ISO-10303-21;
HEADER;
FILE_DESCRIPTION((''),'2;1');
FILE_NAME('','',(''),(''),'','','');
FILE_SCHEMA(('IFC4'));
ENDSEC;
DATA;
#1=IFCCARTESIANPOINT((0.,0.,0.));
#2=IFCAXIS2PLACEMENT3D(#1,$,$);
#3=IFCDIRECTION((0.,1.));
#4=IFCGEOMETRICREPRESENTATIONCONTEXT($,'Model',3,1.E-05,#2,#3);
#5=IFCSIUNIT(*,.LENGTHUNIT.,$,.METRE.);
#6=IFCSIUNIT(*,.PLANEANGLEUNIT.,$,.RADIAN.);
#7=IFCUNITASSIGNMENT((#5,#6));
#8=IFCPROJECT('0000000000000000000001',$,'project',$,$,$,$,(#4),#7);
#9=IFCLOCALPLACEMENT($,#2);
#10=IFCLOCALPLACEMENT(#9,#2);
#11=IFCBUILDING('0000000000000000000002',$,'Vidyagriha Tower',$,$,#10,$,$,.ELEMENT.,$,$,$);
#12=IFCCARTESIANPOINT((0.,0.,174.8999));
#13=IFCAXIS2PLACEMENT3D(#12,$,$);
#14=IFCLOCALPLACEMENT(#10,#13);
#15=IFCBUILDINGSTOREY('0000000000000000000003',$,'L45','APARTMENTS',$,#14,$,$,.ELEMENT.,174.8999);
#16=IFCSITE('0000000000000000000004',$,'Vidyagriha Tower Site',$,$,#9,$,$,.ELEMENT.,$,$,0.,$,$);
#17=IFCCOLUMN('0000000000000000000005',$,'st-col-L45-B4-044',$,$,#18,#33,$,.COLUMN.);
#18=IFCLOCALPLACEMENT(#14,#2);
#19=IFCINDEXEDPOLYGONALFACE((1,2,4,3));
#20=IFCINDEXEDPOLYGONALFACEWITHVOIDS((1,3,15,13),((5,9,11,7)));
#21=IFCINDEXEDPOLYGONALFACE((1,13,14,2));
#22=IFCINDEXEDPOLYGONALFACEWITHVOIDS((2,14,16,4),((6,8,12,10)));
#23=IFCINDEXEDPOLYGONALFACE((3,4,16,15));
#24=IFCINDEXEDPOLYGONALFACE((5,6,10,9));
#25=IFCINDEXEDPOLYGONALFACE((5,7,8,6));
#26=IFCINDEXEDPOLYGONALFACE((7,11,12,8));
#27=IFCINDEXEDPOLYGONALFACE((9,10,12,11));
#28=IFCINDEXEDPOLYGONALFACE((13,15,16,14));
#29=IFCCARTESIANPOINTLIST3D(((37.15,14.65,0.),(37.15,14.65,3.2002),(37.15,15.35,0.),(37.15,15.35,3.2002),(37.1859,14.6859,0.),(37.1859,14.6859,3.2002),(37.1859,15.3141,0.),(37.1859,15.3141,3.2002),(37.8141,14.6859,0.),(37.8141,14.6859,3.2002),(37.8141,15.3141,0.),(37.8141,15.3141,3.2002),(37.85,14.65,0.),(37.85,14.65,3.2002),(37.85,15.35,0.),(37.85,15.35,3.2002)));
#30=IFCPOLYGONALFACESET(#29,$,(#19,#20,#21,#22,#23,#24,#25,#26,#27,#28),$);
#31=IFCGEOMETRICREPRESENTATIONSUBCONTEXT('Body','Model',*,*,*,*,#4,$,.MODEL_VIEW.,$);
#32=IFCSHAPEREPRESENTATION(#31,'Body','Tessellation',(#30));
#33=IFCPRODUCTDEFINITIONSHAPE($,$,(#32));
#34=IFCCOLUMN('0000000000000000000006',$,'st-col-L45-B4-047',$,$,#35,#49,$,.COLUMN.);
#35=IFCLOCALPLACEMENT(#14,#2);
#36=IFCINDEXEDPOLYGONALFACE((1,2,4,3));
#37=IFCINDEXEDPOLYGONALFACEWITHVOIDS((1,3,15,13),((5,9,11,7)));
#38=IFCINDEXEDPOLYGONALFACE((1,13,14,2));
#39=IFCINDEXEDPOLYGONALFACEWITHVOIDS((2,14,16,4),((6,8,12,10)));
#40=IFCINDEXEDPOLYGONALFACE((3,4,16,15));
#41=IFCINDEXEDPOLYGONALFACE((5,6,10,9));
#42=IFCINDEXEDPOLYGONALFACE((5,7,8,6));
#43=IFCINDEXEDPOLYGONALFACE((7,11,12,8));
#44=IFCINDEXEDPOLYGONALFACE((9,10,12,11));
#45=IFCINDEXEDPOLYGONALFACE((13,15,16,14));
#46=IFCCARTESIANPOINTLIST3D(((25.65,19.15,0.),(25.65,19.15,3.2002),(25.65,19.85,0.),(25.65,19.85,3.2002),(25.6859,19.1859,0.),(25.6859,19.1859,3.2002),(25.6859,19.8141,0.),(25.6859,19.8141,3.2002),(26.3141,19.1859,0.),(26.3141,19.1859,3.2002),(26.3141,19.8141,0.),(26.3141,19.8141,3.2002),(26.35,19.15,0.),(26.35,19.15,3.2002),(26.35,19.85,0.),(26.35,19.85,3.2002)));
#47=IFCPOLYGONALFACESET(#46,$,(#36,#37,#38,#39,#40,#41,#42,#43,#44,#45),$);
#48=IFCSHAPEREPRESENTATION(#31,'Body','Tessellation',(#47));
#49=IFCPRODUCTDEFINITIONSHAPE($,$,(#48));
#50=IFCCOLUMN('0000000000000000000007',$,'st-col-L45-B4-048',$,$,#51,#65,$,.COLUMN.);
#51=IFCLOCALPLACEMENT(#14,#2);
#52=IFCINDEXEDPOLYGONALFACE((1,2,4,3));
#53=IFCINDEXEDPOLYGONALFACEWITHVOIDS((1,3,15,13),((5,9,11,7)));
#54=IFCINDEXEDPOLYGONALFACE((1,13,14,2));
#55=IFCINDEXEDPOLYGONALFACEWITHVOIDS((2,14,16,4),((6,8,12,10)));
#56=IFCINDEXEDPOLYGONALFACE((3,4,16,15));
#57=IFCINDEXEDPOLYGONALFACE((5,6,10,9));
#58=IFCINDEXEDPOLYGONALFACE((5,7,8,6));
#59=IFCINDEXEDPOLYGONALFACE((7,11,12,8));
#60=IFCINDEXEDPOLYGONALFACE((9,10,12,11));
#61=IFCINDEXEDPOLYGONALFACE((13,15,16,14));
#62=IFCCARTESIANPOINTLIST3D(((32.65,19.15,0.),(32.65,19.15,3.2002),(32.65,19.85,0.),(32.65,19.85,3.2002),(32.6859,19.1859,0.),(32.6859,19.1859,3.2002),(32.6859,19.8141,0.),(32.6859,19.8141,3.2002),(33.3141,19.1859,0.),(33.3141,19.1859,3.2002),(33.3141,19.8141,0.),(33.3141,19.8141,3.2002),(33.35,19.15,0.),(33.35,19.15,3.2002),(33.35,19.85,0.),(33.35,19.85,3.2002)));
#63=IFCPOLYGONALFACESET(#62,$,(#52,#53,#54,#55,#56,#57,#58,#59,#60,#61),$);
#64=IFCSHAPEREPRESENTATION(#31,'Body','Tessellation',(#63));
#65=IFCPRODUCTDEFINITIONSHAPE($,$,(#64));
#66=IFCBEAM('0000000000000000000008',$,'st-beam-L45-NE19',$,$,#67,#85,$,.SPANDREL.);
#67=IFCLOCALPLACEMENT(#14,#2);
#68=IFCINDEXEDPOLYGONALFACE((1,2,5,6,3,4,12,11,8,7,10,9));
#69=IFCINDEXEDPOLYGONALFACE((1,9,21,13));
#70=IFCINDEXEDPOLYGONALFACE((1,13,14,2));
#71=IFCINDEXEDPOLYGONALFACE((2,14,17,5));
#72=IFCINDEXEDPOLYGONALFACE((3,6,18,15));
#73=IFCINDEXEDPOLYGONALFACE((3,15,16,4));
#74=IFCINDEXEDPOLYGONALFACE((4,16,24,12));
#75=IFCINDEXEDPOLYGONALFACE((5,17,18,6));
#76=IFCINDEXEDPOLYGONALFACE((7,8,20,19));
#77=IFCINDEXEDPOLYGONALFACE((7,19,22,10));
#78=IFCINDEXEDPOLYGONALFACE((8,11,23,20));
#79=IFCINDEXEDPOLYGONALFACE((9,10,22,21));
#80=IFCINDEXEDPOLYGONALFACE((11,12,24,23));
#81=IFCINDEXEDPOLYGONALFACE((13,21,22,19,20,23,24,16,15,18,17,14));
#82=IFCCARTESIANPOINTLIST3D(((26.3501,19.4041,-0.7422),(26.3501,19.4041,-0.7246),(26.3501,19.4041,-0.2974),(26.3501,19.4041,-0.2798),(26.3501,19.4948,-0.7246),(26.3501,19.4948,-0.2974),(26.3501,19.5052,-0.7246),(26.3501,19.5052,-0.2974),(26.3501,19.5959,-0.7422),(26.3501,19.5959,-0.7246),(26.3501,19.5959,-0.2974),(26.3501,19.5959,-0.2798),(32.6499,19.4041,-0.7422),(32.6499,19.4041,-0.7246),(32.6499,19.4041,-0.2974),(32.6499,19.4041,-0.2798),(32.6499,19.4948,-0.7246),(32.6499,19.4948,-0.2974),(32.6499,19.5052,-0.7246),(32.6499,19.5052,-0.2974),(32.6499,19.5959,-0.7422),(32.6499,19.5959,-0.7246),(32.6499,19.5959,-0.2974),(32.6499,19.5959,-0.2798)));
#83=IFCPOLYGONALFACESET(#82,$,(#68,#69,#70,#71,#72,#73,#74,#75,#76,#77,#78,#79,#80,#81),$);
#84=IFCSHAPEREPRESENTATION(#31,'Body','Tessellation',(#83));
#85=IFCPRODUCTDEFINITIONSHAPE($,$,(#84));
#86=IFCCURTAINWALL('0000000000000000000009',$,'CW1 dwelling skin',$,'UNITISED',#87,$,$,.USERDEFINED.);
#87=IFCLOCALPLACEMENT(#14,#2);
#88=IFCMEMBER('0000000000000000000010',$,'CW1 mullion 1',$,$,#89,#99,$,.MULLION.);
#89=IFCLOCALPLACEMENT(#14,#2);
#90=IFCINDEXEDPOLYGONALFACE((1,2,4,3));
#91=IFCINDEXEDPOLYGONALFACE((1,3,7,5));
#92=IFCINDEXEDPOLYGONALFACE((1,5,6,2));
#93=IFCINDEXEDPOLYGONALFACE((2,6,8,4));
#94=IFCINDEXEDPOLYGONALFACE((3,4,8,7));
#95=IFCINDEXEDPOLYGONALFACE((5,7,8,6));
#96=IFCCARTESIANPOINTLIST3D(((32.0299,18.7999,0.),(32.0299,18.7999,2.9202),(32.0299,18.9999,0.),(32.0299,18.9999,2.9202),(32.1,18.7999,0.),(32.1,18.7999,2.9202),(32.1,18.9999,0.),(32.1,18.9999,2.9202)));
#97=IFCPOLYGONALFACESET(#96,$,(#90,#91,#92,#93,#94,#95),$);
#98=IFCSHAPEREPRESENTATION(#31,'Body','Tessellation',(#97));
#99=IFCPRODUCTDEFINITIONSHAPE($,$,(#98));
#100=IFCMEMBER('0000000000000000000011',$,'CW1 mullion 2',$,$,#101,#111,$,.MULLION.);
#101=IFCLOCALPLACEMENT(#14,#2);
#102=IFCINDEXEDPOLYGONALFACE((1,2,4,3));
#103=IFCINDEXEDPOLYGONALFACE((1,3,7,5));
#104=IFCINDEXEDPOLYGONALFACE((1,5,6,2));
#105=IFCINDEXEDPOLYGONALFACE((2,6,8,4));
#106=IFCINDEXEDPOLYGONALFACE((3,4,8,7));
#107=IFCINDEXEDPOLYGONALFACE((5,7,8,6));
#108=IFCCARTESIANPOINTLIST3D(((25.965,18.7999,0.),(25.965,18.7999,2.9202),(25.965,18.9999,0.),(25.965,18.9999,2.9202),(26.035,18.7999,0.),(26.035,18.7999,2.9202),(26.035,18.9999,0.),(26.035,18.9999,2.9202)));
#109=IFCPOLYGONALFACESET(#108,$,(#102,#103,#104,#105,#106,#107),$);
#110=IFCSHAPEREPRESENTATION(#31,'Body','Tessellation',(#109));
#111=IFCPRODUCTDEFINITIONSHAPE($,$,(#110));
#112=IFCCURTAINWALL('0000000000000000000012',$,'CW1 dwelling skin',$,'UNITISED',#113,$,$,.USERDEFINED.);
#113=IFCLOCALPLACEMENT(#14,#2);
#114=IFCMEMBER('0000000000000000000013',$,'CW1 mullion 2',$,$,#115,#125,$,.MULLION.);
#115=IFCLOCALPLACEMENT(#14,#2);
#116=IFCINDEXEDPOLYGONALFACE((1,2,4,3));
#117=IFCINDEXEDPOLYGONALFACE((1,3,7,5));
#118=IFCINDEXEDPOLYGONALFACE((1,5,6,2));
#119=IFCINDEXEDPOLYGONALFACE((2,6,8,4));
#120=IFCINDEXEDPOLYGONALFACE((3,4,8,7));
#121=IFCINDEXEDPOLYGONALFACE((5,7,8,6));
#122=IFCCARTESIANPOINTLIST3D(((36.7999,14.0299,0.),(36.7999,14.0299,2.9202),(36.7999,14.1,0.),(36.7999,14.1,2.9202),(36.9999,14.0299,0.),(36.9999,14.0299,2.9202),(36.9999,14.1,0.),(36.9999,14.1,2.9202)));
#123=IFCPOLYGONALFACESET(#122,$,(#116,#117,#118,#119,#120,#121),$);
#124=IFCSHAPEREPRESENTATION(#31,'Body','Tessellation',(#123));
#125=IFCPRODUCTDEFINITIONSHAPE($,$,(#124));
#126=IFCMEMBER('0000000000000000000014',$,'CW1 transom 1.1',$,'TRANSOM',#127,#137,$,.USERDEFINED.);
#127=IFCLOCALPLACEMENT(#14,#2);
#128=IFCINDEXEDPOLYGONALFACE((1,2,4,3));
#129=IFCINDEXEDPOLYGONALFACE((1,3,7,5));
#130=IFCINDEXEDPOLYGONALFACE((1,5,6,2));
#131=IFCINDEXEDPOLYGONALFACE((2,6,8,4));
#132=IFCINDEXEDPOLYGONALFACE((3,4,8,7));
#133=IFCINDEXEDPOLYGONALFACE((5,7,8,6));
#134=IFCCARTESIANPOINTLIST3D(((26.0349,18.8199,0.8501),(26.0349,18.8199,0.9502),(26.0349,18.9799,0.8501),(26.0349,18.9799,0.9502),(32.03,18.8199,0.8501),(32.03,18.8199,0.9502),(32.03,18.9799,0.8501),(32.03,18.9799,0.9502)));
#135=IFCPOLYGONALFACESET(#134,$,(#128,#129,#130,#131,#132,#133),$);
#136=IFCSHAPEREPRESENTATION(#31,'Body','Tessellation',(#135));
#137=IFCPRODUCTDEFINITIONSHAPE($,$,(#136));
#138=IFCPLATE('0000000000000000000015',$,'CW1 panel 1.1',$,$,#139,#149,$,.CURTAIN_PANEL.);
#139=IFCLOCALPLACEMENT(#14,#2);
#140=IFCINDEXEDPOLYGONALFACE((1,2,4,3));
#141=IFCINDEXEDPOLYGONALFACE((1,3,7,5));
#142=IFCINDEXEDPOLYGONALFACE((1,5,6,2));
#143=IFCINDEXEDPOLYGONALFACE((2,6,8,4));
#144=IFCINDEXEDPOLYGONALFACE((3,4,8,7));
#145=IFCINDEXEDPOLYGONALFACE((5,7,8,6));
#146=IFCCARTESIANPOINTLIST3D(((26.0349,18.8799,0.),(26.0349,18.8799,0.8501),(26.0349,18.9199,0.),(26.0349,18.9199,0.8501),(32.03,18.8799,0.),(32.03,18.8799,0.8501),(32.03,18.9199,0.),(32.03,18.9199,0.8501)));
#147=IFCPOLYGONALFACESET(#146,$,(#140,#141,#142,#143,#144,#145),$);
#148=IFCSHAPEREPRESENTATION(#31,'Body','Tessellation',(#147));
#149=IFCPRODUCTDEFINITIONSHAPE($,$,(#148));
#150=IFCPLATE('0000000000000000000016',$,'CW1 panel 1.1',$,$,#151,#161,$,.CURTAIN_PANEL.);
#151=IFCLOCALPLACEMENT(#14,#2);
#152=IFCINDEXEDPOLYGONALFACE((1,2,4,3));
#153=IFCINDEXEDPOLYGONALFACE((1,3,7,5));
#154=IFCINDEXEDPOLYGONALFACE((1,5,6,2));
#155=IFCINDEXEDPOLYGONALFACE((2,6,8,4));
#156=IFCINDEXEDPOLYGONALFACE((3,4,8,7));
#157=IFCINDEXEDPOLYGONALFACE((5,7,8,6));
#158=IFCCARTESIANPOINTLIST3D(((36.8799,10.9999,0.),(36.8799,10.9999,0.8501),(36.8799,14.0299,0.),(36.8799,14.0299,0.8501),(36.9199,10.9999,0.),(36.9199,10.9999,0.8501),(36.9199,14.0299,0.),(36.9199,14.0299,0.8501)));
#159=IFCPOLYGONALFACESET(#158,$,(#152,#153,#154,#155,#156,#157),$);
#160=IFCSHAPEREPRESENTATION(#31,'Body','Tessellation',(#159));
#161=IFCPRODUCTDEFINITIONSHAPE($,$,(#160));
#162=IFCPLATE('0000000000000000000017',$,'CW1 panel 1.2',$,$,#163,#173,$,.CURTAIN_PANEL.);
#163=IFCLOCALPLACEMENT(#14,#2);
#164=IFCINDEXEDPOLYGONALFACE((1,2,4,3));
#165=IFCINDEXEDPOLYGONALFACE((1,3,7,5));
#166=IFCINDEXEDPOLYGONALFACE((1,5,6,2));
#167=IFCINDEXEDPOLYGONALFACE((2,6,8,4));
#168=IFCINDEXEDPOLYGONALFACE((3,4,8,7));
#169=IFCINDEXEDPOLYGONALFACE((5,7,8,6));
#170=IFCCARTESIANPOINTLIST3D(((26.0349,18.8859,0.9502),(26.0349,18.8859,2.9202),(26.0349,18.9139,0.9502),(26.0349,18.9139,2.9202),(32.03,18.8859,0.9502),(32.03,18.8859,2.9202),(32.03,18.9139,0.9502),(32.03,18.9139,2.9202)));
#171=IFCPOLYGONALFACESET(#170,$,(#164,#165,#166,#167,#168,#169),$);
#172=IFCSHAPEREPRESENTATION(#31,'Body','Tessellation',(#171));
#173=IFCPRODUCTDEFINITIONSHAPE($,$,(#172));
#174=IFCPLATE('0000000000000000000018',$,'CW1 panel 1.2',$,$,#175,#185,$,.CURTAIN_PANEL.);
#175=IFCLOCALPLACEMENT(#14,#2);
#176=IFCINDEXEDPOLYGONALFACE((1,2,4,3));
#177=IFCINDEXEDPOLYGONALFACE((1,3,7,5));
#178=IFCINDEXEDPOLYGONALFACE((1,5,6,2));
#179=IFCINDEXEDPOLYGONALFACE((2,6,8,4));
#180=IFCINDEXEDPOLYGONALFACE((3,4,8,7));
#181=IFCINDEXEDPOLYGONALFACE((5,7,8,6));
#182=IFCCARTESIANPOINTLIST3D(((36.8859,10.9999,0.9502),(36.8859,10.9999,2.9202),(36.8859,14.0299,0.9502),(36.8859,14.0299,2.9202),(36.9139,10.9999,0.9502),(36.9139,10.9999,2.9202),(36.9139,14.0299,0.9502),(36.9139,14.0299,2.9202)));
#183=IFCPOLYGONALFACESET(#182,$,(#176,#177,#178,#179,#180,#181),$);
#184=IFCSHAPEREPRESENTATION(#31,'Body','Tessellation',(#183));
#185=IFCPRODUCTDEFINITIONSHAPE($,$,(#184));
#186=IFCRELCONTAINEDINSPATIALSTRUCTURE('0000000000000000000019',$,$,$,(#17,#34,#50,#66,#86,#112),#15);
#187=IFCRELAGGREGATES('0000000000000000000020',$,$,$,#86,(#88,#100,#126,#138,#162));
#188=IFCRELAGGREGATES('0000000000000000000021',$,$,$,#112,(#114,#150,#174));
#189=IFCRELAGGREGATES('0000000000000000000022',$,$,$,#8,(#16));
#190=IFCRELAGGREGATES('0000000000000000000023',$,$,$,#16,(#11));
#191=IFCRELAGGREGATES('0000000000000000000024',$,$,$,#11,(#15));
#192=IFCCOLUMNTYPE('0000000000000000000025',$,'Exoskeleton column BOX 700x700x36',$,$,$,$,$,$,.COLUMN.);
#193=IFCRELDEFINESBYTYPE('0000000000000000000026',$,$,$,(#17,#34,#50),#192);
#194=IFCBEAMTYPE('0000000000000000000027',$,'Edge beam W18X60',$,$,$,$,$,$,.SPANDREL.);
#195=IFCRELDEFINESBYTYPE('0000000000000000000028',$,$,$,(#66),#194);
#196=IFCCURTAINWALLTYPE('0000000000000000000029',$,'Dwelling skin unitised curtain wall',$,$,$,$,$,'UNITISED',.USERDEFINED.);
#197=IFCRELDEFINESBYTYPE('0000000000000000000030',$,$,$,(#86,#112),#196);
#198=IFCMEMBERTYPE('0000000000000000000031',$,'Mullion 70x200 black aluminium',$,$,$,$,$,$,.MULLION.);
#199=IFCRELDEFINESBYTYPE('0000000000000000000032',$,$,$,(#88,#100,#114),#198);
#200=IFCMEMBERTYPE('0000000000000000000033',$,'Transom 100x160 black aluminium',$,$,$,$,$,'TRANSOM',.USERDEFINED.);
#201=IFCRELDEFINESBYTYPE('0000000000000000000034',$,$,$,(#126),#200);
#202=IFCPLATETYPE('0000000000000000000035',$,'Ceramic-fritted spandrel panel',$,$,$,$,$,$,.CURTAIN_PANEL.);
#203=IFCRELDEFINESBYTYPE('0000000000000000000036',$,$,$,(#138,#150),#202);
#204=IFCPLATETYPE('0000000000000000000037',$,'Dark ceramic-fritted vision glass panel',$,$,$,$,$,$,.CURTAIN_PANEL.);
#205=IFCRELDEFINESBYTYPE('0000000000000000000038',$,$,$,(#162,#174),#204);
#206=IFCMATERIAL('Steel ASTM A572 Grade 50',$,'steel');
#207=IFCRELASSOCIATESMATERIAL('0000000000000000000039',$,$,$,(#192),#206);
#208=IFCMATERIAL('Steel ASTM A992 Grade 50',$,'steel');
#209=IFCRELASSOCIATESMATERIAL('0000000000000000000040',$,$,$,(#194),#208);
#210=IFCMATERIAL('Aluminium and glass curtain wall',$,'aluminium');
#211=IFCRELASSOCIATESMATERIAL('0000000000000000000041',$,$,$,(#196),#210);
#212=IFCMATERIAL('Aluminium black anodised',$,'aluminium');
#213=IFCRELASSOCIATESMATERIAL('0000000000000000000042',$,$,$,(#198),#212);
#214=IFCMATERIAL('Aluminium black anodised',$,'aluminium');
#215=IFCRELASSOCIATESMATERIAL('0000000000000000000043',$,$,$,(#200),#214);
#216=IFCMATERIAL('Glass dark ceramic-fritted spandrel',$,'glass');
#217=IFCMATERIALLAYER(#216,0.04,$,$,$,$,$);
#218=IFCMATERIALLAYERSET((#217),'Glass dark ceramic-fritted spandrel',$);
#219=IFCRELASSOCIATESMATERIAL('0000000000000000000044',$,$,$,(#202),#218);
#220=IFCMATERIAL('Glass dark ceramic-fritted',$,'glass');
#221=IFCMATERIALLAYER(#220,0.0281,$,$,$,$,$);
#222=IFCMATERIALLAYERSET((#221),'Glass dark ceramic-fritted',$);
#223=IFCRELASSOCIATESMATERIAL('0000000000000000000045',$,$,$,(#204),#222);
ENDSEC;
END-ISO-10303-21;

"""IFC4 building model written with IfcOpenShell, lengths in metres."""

from ifc_helpers import new_model, si_unit, direction, frame, origin, origin_2d, place, context, subcontext, project, spatial, rectangle, hollow_rectangle, i_section, extrude, material, layer, layer_set, material_profile, profile_set, type_object, element, aggregate, save


model = new_model("IFC4")

# Units and contexts
model_context = context("Model", 3, precision=1e-05, world=origin(), true_north=direction((0.0, 1.0)))
body_context = subcontext(model_context, "Body", "Model", "MODEL_VIEW")
ifc_project = project(units=[si_unit("LENGTHUNIT", "METRE"), si_unit("PLANEANGLEUNIT", "RADIAN")], contexts=[model_context])

# Site, building, storey
site_placement = place(None, origin())
site = spatial("IfcSite", under=ifc_project, at=site_placement, Name="Vidyagriha Tower Site", CompositionType="ELEMENT", RefElevation=0.0)
building_placement = place(site_placement, origin())
building = spatial("IfcBuilding", under=site, at=building_placement, Name="Vidyagriha Tower", CompositionType="ELEMENT")
storey_placement = place(building_placement, frame((0.0, 0.0, 174.8999)))
storey = spatial("IfcBuildingStorey", under=building, at=storey_placement, Name="L45", Description="APARTMENTS", CompositionType="ELEMENT", Elevation=174.8999)

# Columns
ifc_material_1 = material(Name="Steel ASTM A572 Grade 50", Category="steel")
ifc_material_profile_1 = material_profile(ifc_material_1, hollow_rectangle(XDim=0.7, YDim=0.7, WallThickness=0.0359, at=origin_2d()), Name="BOX 700x700x36")
ifc_profile_set_1 = profile_set([ifc_material_profile_1], Name="Steel ASTM A572 Grade 50")
column_type = type_object("IfcColumnType", Name="Exoskeleton column BOX 700x700x36", PredefinedType="COLUMN", material=ifc_profile_set_1)
for number, where, name in (
    (1, (37.5, 15.0, 0.0), "st-col-L45-B4-044"),
    (2, (26.0, 19.5, 0.0), "st-col-L45-B4-047"),
    (3, (33.0, 19.5, 0.0), "st-col-L45-B4-048"),
):
    element("IfcColumn", number, at=place(storey_placement, frame(where)), inside=storey, type_object=column_type, Name=name, PredefinedType="COLUMN", context=body_context, shape_type="SweptSolid", body=[
        extrude(hollow_rectangle(XDim=0.7, YDim=0.7, WallThickness=0.0359, at=origin_2d()), origin(), (0.0, 0.0, 1.0), 3.2002),
    ])

# Beam
ifc_material_2 = material(Name="Steel ASTM A992 Grade 50", Category="steel")
ifc_material_profile_2 = material_profile(ifc_material_2, i_section(OverallWidth=0.1919, OverallDepth=0.4624, WebThickness=0.0105, FlangeThickness=0.0176, at=origin_2d()), Name="W18X60")
ifc_profile_set_2 = profile_set([ifc_material_profile_2], Name="Steel ASTM A992 Grade 50")
beam_type = type_object("IfcBeamType", Name="Edge beam W18X60", PredefinedType="SPANDREL", material=ifc_profile_set_2)
beam_placement = place(storey_placement, frame((26.3501, 19.5, -0.511), z_axis=(1.0, 0.0, 0.0), x_axis=(0.0, 1.0, 0.0)))
element("IfcBeam", 4, at=beam_placement, inside=storey, type_object=beam_type, Name="st-beam-L45-NE19", PredefinedType="SPANDREL", context=body_context, shape_type="SweptSolid", body=[
    extrude(i_section(OverallWidth=0.1919, OverallDepth=0.4624, WebThickness=0.0105, FlangeThickness=0.0176, at=origin_2d()), origin(), (0.0, 0.0, 1.0), 6.2998),
])

# Curtain wall, members
ifc_material_3 = material(Name="Aluminium and glass curtain wall", Category="aluminium")
curtain_wall_type = type_object("IfcCurtainWallType", Name="Dwelling skin unitised curtain wall", ElementType="UNITISED", PredefinedType="USERDEFINED", material=ifc_material_3)
curtain_wall_1_placement = place(storey_placement, origin())
curtain_wall_1 = element("IfcCurtainWall", 5, at=curtain_wall_1_placement, inside=storey, type_object=curtain_wall_type, Name="CW1 dwelling skin", ObjectType="UNITISED", PredefinedType="USERDEFINED")
ifc_material_4 = material(Name="Aluminium black anodised", Category="aluminium")
ifc_material_profile_3 = material_profile(ifc_material_4, rectangle(XDim=0.2, YDim=0.0701, at=origin_2d()), Name="Mullion 70x200 black aluminium")
ifc_profile_set_3 = profile_set([ifc_material_profile_3], Name="Aluminium black anodised")
member_type_1 = type_object("IfcMemberType", Name="Mullion 70x200 black aluminium", PredefinedType="MULLION", material=ifc_profile_set_3)
member_1_placement = place(storey_placement, frame((32.0649, 18.8999, 0.0), z_axis=(0.0, 0.0, 1.0), x_axis=(0.0, -1.0, 0.0)))
member_1 = element("IfcMember", 6, at=member_1_placement, type_object=member_type_1, Name="CW1 mullion 1", PredefinedType="MULLION", context=body_context, shape_type="SweptSolid", body=[
    extrude(rectangle(XDim=0.2, YDim=0.0701, at=origin_2d()), origin(), (0.0, 0.0, 1.0), 2.9202),
])
member_2_placement = place(storey_placement, frame((26.0, 18.8999, 0.0), z_axis=(0.0, 0.0, 1.0), x_axis=(0.0, -1.0, 0.0)))
member_2 = element("IfcMember", 7, at=member_2_placement, type_object=member_type_1, Name="CW1 mullion 2", PredefinedType="MULLION", context=body_context, shape_type="SweptSolid", body=[
    extrude(rectangle(XDim=0.2, YDim=0.0701, at=origin_2d()), origin(), (0.0, 0.0, 1.0), 2.9202),
])

# Curtain wall, member
curtain_wall_2_placement = place(storey_placement, origin())
curtain_wall_2 = element("IfcCurtainWall", 8, at=curtain_wall_2_placement, inside=storey, type_object=curtain_wall_type, Name="CW1 dwelling skin", ObjectType="UNITISED", PredefinedType="USERDEFINED")
member_3_placement = place(storey_placement, frame((36.8999, 14.0649, 0.0), z_axis=(0.0, 0.0, 1.0), x_axis=(-1.0, 0.0, 0.0)))
member_3 = element("IfcMember", 9, at=member_3_placement, type_object=member_type_1, Name="CW1 mullion 2", PredefinedType="MULLION", context=body_context, shape_type="SweptSolid", body=[
    extrude(rectangle(XDim=0.2, YDim=0.0701, at=origin_2d()), origin(), (0.0, 0.0, 1.0), 2.9202),
])

# Member
ifc_material_5 = material(Name="Aluminium black anodised", Category="aluminium")
ifc_material_profile_4 = material_profile(ifc_material_5, rectangle(XDim=0.1599, YDim=0.1001, at=origin_2d()), Name="Transom 100x160 black aluminium")
ifc_profile_set_4 = profile_set([ifc_material_profile_4], Name="Aluminium black anodised")
member_type_2 = type_object("IfcMemberType", Name="Transom 100x160 black aluminium", ElementType="TRANSOM", PredefinedType="USERDEFINED", material=ifc_profile_set_4)
member_4_placement = place(storey_placement, frame((32.03, 18.8999, 0.9001), z_axis=(-1.0, 0.0, 0.0), x_axis=(0.0, -1.0, 0.0)))
member_4 = element("IfcMember", 10, at=member_4_placement, type_object=member_type_2, Name="CW1 transom 1.1", ObjectType="TRANSOM", PredefinedType="USERDEFINED", context=body_context, shape_type="SweptSolid", body=[
    extrude(rectangle(XDim=0.1599, YDim=0.1001, at=origin_2d()), origin(), (0.0, 0.0, 1.0), 5.9951),
])

# Plates
ifc_material_6 = material(Name="Glass dark ceramic-fritted spandrel", Category="glass")
ifc_layer_1 = layer(ifc_material_6, 0.04)
ifc_layer_set_1 = layer_set([ifc_layer_1], Name="Glass dark ceramic-fritted spandrel")
plate_type_1 = type_object("IfcPlateType", Name="Ceramic-fritted spandrel panel", PredefinedType="CURTAIN_PANEL", material=ifc_layer_set_1)
plate_1_placement = place(storey_placement, frame((29.0325, 18.8999, 0.0), z_axis=(0.0, 0.0, 1.0), x_axis=(-1.0, 0.0, 0.0)))
plate_1 = element("IfcPlate", 11, at=plate_1_placement, type_object=plate_type_1, Name="CW1 panel 1.1", PredefinedType="CURTAIN_PANEL", context=body_context, shape_type="SweptSolid", body=[
    extrude(rectangle(XDim=5.9951, YDim=0.04, at=origin_2d()), origin(), (0.0, 0.0, 1.0), 0.8501),
])
plate_2_placement = place(storey_placement, frame((36.8999, 12.5149, 0.0), z_axis=(0.0, 0.0, 1.0), x_axis=(0.0, 1.0, 0.0)))
plate_2 = element("IfcPlate", 12, at=plate_2_placement, type_object=plate_type_1, Name="CW1 panel 1.1", PredefinedType="CURTAIN_PANEL", context=body_context, shape_type="SweptSolid", body=[
    extrude(rectangle(XDim=3.03, YDim=0.04, at=origin_2d()), origin(), (0.0, 0.0, 1.0), 0.8501),
])
ifc_material_7 = material(Name="Glass dark ceramic-fritted", Category="glass")
ifc_layer_2 = layer(ifc_material_7, 0.0281)
ifc_layer_set_2 = layer_set([ifc_layer_2], Name="Glass dark ceramic-fritted")
plate_type_2 = type_object("IfcPlateType", Name="Dark ceramic-fritted vision glass panel", PredefinedType="CURTAIN_PANEL", material=ifc_layer_set_2)
plate_3_placement = place(storey_placement, frame((29.0325, 18.8999, 0.9502), z_axis=(0.0, 0.0, 1.0), x_axis=(-1.0, 0.0, 0.0)))
plate_3 = element("IfcPlate", 13, at=plate_3_placement, type_object=plate_type_2, Name="CW1 panel 1.2", PredefinedType="CURTAIN_PANEL", context=body_context, shape_type="SweptSolid", body=[
    extrude(rectangle(XDim=5.9951, YDim=0.0281, at=origin_2d()), origin(), (0.0, 0.0, 1.0), 1.97),
])
aggregate(curtain_wall_1, [member_1, member_2, member_4, plate_1, plate_3])
plate_4_placement = place(storey_placement, frame((36.8999, 12.5149, 0.9502), z_axis=(0.0, 0.0, 1.0), x_axis=(0.0, 1.0, 0.0)))
plate_4 = element("IfcPlate", 14, at=plate_4_placement, type_object=plate_type_2, Name="CW1 panel 1.2", PredefinedType="CURTAIN_PANEL", context=body_context, shape_type="SweptSolid", body=[
    extrude(rectangle(XDim=3.03, YDim=0.0281, at=origin_2d()), origin(), (0.0, 0.0, 1.0), 1.97),
])
aggregate(curtain_wall_2, [member_3, plate_2, plate_4])

save(model, "model.ifc")
